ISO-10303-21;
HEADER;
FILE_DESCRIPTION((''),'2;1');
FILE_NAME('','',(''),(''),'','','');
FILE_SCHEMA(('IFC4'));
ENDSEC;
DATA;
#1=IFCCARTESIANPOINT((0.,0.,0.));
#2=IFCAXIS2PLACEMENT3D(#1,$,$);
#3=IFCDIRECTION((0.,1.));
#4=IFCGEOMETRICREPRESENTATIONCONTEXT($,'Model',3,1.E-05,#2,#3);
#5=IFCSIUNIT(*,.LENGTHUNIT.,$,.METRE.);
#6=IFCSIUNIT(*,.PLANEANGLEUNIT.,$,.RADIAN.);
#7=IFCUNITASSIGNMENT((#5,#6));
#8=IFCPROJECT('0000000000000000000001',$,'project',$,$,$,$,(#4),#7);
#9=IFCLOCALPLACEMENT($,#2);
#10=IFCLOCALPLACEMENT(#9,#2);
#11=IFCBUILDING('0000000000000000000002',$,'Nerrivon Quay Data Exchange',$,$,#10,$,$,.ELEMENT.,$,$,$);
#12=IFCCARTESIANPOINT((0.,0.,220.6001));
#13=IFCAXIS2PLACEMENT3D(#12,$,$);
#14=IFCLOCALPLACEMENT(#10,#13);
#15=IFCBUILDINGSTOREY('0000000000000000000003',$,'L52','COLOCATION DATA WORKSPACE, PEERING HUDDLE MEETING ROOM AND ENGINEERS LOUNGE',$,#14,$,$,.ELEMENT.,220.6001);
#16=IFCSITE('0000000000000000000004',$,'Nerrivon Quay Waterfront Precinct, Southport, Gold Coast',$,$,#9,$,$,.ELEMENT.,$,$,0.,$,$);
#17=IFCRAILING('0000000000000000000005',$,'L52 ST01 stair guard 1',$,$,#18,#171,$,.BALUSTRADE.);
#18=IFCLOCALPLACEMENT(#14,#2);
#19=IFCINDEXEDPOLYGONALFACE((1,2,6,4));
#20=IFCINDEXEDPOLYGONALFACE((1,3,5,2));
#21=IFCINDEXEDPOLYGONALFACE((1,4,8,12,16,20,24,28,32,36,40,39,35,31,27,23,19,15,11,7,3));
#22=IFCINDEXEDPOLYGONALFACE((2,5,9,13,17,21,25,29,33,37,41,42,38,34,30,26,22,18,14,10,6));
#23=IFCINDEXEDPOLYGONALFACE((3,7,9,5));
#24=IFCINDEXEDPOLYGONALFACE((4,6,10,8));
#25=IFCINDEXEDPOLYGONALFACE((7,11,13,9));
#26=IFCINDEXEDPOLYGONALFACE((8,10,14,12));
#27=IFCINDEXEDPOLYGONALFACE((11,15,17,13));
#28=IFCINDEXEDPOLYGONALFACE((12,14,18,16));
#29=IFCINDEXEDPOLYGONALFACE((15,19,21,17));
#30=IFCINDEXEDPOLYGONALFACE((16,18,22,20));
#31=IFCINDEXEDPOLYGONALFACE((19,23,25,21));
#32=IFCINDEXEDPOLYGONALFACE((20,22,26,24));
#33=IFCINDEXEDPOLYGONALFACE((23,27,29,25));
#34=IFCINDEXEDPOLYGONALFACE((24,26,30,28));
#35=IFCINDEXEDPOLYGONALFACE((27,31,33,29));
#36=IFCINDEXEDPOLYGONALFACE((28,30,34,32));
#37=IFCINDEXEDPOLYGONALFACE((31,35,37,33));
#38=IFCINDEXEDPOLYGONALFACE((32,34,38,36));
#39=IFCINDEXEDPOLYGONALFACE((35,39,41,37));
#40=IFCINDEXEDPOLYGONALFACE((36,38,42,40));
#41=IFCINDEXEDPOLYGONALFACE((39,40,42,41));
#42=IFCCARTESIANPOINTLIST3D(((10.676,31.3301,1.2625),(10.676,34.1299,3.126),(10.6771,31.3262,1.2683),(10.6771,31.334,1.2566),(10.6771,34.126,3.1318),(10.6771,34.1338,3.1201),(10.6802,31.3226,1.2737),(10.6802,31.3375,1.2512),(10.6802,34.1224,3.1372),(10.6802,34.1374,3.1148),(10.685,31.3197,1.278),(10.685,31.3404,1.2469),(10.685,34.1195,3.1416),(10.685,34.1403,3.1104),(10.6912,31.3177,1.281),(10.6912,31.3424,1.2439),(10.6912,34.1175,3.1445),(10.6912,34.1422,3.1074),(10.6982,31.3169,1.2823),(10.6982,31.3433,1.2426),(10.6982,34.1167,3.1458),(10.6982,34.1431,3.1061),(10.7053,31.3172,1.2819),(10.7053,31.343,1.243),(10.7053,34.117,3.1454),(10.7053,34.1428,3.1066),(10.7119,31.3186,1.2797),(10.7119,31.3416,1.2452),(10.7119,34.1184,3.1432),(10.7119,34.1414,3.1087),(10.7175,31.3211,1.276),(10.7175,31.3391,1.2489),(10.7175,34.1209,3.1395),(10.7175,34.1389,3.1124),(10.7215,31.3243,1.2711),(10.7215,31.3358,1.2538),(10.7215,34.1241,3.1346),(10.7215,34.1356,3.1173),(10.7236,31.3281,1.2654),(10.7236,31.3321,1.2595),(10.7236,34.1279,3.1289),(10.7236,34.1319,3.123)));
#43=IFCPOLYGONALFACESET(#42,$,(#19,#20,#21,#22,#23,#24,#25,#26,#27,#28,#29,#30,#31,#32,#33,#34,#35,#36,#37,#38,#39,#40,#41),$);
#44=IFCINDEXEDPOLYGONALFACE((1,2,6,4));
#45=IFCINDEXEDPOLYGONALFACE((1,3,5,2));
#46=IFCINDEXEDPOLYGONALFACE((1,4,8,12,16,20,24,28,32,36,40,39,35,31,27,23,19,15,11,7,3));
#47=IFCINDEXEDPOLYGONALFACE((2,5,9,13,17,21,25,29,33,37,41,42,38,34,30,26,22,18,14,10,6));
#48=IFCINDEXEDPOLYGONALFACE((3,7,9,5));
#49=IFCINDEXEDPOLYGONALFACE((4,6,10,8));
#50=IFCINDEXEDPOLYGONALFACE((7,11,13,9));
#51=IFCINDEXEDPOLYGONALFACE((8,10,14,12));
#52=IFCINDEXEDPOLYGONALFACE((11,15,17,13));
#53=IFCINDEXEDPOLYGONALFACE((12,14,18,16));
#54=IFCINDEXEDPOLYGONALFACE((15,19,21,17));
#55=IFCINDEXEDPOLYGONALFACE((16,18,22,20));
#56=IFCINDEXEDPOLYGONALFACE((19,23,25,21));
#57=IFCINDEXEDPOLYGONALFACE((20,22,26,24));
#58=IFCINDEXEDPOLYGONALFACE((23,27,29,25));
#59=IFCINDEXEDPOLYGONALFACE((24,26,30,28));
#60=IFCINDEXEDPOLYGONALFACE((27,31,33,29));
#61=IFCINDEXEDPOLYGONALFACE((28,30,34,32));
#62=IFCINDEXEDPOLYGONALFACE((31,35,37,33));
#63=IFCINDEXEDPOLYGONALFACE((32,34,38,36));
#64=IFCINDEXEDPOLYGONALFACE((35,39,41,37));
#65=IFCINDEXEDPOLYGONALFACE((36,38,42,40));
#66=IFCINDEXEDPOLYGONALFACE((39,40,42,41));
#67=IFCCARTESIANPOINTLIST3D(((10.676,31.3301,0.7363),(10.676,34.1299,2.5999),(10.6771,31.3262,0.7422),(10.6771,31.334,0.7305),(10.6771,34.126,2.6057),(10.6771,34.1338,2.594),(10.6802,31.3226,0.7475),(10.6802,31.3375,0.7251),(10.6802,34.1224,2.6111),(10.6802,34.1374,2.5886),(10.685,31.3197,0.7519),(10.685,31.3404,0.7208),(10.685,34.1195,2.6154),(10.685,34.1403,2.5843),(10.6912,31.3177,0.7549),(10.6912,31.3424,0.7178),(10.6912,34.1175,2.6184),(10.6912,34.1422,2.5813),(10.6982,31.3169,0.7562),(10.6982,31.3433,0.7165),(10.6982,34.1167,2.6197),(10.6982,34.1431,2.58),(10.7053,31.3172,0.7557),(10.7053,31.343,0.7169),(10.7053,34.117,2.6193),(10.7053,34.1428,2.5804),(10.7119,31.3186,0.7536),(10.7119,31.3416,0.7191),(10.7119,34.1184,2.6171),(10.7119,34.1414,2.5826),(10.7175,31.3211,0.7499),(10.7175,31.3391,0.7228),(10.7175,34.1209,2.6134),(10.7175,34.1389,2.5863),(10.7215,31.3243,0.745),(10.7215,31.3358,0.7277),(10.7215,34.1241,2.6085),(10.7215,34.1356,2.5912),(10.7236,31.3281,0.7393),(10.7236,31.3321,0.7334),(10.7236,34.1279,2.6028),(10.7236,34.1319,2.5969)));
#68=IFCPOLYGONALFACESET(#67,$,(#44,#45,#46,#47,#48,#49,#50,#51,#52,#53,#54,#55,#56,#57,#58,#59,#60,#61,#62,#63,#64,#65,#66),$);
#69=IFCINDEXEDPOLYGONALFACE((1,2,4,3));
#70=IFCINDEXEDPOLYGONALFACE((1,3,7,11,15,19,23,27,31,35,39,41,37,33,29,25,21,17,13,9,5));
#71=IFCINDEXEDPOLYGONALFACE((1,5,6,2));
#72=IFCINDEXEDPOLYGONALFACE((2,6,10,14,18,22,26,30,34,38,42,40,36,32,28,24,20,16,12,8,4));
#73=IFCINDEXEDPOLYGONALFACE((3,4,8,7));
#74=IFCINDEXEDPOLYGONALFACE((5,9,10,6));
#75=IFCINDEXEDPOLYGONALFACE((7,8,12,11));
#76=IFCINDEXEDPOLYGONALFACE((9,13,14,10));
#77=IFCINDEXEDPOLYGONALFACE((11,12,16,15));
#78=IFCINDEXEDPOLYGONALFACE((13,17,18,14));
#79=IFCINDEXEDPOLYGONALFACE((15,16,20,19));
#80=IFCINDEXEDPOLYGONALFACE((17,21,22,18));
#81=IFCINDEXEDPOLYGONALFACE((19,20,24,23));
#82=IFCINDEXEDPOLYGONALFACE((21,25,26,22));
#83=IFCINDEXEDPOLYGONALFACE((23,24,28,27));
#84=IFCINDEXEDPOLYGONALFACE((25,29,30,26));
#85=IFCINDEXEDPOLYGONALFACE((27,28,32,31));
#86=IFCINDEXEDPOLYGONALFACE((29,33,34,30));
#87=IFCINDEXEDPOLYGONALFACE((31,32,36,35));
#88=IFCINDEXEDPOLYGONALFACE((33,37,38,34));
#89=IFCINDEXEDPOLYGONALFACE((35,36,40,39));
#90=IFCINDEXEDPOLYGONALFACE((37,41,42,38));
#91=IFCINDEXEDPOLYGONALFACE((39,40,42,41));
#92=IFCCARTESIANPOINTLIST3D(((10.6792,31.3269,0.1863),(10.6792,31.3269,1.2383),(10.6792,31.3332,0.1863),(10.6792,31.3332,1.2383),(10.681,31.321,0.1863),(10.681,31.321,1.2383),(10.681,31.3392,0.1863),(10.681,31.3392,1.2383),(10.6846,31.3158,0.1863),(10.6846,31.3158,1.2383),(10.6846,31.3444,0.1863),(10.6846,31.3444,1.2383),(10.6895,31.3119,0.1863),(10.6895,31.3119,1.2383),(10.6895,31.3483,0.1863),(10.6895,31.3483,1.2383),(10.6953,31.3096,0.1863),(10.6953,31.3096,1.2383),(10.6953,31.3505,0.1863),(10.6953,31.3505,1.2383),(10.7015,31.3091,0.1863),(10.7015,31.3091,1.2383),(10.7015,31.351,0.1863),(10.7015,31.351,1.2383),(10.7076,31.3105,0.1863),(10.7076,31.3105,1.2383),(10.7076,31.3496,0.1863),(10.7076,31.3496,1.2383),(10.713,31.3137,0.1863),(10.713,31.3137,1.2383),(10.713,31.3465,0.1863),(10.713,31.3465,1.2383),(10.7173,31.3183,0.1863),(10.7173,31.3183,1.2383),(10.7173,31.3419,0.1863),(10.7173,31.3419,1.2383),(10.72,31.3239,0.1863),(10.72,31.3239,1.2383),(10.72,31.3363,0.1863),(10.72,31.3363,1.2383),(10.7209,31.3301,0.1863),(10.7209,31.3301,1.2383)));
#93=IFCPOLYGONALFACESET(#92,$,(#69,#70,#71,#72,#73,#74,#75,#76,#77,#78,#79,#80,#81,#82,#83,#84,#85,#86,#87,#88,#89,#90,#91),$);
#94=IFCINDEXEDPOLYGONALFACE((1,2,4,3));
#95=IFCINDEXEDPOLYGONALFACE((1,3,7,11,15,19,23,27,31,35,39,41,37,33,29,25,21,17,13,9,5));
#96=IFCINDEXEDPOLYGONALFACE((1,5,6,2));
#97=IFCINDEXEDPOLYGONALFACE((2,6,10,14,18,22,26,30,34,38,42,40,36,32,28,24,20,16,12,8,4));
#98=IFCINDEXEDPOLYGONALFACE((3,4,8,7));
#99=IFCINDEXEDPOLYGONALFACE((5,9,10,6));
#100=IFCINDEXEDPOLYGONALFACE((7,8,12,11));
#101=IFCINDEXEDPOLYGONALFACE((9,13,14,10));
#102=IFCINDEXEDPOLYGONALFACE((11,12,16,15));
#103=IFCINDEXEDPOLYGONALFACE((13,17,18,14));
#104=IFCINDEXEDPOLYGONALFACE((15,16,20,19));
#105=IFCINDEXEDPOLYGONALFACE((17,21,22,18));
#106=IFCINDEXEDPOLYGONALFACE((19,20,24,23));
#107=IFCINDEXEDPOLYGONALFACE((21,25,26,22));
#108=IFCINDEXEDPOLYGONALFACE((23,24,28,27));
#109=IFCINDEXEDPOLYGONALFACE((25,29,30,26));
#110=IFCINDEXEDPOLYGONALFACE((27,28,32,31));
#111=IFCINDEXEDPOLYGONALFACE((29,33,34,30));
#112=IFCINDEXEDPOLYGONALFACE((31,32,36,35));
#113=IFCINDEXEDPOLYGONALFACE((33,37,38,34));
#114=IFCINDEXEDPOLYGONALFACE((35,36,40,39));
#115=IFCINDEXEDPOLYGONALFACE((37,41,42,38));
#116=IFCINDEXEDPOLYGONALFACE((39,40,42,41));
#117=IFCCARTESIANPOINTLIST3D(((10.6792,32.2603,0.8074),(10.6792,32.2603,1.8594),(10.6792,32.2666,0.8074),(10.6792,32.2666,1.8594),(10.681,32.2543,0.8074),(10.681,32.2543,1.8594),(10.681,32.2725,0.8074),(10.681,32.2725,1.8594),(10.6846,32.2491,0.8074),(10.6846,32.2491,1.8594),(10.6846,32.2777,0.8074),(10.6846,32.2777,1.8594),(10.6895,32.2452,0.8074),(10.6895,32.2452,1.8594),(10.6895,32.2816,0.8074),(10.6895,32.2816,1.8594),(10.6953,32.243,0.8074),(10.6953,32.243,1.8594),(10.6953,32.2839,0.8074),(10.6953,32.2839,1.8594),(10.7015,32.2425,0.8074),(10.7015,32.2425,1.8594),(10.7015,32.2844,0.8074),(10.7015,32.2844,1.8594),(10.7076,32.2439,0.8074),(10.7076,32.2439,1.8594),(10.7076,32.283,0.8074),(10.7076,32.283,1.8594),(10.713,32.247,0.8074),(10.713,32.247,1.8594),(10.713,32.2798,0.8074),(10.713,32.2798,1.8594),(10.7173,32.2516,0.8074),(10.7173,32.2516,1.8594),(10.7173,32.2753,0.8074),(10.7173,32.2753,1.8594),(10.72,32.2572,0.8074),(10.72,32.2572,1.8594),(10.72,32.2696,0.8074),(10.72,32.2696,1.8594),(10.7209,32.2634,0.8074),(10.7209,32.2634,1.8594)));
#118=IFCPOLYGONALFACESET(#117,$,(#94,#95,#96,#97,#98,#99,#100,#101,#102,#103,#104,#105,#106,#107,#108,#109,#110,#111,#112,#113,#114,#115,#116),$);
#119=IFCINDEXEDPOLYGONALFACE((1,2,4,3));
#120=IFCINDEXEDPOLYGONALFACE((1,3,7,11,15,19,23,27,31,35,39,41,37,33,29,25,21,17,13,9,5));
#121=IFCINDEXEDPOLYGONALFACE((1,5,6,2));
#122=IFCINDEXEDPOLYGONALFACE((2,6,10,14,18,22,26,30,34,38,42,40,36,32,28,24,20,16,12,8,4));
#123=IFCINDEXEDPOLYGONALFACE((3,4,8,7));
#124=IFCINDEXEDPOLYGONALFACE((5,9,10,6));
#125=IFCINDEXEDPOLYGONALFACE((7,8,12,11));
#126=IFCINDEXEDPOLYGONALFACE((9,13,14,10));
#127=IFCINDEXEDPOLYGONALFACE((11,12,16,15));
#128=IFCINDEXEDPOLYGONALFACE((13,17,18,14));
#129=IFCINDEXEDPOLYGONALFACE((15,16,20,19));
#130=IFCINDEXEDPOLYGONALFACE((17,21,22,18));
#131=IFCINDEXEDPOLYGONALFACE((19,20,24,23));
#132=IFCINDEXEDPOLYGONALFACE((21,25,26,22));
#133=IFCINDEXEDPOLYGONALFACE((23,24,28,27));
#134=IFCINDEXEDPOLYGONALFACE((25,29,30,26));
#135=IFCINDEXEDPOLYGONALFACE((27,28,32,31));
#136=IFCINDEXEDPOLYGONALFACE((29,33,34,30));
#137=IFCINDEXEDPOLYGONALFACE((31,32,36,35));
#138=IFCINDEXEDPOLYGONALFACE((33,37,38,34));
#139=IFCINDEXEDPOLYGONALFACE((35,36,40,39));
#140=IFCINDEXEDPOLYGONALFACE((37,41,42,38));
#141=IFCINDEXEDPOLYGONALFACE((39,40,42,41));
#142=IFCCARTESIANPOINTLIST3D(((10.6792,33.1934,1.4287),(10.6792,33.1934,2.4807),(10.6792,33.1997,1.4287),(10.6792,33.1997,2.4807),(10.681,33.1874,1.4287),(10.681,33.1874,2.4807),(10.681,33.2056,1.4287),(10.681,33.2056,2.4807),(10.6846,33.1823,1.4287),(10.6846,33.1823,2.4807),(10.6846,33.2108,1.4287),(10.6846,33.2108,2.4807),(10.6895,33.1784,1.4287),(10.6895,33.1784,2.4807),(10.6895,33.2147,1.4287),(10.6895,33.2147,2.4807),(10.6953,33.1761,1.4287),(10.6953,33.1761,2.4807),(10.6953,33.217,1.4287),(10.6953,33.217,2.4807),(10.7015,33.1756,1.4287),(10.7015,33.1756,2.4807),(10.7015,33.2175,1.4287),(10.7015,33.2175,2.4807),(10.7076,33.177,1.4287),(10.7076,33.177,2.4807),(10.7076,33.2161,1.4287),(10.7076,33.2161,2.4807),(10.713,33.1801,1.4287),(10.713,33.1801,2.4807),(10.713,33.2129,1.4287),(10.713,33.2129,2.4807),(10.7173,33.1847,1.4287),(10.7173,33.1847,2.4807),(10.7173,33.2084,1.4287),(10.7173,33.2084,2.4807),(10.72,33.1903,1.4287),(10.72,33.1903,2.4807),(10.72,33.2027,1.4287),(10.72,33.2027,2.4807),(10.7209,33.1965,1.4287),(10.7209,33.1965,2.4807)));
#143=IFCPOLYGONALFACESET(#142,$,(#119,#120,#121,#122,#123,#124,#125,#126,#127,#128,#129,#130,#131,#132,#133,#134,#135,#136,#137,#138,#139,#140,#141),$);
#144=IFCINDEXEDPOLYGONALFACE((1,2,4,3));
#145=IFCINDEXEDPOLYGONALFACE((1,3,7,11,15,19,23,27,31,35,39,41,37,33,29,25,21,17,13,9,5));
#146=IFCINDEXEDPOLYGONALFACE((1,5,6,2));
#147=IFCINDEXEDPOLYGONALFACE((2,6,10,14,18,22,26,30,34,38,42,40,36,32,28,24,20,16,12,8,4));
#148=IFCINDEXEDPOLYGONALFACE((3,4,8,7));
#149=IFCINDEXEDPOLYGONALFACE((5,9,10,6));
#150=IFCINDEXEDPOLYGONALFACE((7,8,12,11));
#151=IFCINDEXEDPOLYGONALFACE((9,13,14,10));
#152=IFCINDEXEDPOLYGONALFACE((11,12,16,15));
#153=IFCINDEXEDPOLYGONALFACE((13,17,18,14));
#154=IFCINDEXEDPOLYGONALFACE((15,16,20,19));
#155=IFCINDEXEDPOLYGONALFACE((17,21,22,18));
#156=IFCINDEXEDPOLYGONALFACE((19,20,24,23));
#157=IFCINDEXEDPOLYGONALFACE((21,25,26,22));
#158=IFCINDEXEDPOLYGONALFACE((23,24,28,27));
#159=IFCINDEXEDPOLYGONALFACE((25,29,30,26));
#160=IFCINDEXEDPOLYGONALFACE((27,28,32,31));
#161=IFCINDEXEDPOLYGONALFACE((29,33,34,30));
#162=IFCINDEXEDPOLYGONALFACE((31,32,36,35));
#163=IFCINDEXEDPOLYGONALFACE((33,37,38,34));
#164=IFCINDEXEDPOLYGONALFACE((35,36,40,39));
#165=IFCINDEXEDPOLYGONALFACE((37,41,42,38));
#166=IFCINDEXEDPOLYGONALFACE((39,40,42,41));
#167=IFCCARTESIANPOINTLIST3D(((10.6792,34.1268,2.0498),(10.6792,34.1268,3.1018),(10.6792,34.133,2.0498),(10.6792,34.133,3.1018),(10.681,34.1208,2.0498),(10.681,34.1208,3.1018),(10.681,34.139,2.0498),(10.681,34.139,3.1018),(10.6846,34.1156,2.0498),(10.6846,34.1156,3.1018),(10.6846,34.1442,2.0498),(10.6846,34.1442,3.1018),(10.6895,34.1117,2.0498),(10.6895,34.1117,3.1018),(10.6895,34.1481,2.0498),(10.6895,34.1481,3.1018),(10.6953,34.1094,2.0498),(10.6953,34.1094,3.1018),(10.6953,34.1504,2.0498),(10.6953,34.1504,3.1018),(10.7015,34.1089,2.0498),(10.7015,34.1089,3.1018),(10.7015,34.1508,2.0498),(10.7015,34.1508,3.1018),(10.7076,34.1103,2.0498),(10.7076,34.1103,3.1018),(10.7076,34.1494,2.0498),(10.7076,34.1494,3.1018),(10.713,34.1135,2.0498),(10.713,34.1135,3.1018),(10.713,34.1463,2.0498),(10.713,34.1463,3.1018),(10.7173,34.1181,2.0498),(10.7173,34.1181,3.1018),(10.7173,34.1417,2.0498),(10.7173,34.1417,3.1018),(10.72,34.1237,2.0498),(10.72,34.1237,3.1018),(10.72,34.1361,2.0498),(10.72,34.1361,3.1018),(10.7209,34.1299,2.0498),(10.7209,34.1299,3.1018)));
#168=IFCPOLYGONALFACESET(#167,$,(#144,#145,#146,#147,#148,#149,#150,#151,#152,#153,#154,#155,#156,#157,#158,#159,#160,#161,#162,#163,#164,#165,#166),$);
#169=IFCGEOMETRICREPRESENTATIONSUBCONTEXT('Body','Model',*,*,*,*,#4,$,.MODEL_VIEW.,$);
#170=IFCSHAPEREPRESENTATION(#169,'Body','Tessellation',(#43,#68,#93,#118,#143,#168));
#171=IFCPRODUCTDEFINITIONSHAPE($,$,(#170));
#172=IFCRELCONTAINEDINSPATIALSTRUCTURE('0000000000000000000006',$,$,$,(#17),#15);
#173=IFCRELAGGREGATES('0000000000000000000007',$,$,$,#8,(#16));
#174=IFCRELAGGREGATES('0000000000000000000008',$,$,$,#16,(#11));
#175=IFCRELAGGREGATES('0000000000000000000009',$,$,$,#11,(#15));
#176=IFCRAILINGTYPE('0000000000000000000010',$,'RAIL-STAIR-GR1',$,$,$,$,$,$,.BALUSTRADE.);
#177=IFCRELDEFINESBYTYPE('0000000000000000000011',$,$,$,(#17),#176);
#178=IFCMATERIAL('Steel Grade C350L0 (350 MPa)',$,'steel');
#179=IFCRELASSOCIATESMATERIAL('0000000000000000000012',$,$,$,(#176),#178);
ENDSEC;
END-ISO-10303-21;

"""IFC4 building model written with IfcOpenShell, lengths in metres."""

from ifc_helpers import new_model, si_unit, direction, frame, origin, origin_2d, place, context, subcontext, project, spatial, circle, extrude, material, type_object, element, save


model = new_model("IFC4")

# Units and contexts
model_context = context("Model", 3, precision=1e-05, world=origin(), true_north=direction((0.0, 1.0)))
body_context = subcontext(model_context, "Body", "Model", "MODEL_VIEW")
ifc_project = project(units=[si_unit("LENGTHUNIT", "METRE"), si_unit("PLANEANGLEUNIT", "RADIAN")], contexts=[model_context])

# Site, building, storey
site_placement = place(None, origin())
site = spatial("IfcSite", under=ifc_project, at=site_placement, Name="Nerrivon Quay Waterfront Precinct, Southport, Gold Coast", CompositionType="ELEMENT", RefElevation=0.0)
building_placement = place(site_placement, origin())
building = spatial("IfcBuilding", under=site, at=building_placement, Name="Nerrivon Quay Data Exchange", CompositionType="ELEMENT")
storey_placement = place(building_placement, frame((0.0, 0.0, 220.6001)))
storey = spatial("IfcBuildingStorey", under=building, at=storey_placement, Name="L52", Description="COLOCATION DATA WORKSPACE, PEERING HUDDLE MEETING ROOM AND ENGINEERS LOUNGE", CompositionType="ELEMENT", Elevation=220.6001)

# Railing
ifc_material_1 = material(Name="Steel Grade C350L0 (350 MPa)", Category="steel")
railing_type_1 = type_object("IfcRailingType", Name="RAIL-STAIR-GR1", PredefinedType="BALUSTRADE", material=ifc_material_1)
railing_1_placement = place(storey_placement, frame((10.7, 31.3301, 0.1863)))
element("IfcRailing", 1, at=railing_1_placement, inside=storey, type_object=railing_type_1, Name="L52 ST01 stair guard 1", PredefinedType="BALUSTRADE", context=body_context, shape_type="SweptSolid", body=[
    extrude(circle(Radius=0.0239, at=origin_2d()), frame((0.0, 0.0, 1.0762), z_axis=(0.0, 0.832463, 0.55408), x_axis=(-1.0, 0.0, 0.0)), (0.0, 0.0, 1.0), 3.3633),
    extrude(circle(Radius=0.0239, at=origin_2d()), frame((0.0, 0.0, 0.55), z_axis=(0.0, 0.832463, 0.55408), x_axis=(-1.0, 0.0, 0.0)), (0.0, 0.0, 1.0), 3.3633),
    extrude(circle(Radius=0.021, at=origin_2d()), origin(), (0.0, 0.0, 1.0), 1.052),
    extrude(circle(Radius=0.021, at=origin_2d()), frame((0.0, 0.9333, 0.6211)), (0.0, 0.0, 1.0), 1.052),
    extrude(circle(Radius=0.021, at=origin_2d()), frame((0.0, 1.8665, 1.2424)), (0.0, 0.0, 1.0), 1.052),
    extrude(circle(Radius=0.021, at=origin_2d()), frame((0.0, 2.7998, 1.8635)), (0.0, 0.0, 1.0), 1.052),
])

save(model, "model.ifc")
